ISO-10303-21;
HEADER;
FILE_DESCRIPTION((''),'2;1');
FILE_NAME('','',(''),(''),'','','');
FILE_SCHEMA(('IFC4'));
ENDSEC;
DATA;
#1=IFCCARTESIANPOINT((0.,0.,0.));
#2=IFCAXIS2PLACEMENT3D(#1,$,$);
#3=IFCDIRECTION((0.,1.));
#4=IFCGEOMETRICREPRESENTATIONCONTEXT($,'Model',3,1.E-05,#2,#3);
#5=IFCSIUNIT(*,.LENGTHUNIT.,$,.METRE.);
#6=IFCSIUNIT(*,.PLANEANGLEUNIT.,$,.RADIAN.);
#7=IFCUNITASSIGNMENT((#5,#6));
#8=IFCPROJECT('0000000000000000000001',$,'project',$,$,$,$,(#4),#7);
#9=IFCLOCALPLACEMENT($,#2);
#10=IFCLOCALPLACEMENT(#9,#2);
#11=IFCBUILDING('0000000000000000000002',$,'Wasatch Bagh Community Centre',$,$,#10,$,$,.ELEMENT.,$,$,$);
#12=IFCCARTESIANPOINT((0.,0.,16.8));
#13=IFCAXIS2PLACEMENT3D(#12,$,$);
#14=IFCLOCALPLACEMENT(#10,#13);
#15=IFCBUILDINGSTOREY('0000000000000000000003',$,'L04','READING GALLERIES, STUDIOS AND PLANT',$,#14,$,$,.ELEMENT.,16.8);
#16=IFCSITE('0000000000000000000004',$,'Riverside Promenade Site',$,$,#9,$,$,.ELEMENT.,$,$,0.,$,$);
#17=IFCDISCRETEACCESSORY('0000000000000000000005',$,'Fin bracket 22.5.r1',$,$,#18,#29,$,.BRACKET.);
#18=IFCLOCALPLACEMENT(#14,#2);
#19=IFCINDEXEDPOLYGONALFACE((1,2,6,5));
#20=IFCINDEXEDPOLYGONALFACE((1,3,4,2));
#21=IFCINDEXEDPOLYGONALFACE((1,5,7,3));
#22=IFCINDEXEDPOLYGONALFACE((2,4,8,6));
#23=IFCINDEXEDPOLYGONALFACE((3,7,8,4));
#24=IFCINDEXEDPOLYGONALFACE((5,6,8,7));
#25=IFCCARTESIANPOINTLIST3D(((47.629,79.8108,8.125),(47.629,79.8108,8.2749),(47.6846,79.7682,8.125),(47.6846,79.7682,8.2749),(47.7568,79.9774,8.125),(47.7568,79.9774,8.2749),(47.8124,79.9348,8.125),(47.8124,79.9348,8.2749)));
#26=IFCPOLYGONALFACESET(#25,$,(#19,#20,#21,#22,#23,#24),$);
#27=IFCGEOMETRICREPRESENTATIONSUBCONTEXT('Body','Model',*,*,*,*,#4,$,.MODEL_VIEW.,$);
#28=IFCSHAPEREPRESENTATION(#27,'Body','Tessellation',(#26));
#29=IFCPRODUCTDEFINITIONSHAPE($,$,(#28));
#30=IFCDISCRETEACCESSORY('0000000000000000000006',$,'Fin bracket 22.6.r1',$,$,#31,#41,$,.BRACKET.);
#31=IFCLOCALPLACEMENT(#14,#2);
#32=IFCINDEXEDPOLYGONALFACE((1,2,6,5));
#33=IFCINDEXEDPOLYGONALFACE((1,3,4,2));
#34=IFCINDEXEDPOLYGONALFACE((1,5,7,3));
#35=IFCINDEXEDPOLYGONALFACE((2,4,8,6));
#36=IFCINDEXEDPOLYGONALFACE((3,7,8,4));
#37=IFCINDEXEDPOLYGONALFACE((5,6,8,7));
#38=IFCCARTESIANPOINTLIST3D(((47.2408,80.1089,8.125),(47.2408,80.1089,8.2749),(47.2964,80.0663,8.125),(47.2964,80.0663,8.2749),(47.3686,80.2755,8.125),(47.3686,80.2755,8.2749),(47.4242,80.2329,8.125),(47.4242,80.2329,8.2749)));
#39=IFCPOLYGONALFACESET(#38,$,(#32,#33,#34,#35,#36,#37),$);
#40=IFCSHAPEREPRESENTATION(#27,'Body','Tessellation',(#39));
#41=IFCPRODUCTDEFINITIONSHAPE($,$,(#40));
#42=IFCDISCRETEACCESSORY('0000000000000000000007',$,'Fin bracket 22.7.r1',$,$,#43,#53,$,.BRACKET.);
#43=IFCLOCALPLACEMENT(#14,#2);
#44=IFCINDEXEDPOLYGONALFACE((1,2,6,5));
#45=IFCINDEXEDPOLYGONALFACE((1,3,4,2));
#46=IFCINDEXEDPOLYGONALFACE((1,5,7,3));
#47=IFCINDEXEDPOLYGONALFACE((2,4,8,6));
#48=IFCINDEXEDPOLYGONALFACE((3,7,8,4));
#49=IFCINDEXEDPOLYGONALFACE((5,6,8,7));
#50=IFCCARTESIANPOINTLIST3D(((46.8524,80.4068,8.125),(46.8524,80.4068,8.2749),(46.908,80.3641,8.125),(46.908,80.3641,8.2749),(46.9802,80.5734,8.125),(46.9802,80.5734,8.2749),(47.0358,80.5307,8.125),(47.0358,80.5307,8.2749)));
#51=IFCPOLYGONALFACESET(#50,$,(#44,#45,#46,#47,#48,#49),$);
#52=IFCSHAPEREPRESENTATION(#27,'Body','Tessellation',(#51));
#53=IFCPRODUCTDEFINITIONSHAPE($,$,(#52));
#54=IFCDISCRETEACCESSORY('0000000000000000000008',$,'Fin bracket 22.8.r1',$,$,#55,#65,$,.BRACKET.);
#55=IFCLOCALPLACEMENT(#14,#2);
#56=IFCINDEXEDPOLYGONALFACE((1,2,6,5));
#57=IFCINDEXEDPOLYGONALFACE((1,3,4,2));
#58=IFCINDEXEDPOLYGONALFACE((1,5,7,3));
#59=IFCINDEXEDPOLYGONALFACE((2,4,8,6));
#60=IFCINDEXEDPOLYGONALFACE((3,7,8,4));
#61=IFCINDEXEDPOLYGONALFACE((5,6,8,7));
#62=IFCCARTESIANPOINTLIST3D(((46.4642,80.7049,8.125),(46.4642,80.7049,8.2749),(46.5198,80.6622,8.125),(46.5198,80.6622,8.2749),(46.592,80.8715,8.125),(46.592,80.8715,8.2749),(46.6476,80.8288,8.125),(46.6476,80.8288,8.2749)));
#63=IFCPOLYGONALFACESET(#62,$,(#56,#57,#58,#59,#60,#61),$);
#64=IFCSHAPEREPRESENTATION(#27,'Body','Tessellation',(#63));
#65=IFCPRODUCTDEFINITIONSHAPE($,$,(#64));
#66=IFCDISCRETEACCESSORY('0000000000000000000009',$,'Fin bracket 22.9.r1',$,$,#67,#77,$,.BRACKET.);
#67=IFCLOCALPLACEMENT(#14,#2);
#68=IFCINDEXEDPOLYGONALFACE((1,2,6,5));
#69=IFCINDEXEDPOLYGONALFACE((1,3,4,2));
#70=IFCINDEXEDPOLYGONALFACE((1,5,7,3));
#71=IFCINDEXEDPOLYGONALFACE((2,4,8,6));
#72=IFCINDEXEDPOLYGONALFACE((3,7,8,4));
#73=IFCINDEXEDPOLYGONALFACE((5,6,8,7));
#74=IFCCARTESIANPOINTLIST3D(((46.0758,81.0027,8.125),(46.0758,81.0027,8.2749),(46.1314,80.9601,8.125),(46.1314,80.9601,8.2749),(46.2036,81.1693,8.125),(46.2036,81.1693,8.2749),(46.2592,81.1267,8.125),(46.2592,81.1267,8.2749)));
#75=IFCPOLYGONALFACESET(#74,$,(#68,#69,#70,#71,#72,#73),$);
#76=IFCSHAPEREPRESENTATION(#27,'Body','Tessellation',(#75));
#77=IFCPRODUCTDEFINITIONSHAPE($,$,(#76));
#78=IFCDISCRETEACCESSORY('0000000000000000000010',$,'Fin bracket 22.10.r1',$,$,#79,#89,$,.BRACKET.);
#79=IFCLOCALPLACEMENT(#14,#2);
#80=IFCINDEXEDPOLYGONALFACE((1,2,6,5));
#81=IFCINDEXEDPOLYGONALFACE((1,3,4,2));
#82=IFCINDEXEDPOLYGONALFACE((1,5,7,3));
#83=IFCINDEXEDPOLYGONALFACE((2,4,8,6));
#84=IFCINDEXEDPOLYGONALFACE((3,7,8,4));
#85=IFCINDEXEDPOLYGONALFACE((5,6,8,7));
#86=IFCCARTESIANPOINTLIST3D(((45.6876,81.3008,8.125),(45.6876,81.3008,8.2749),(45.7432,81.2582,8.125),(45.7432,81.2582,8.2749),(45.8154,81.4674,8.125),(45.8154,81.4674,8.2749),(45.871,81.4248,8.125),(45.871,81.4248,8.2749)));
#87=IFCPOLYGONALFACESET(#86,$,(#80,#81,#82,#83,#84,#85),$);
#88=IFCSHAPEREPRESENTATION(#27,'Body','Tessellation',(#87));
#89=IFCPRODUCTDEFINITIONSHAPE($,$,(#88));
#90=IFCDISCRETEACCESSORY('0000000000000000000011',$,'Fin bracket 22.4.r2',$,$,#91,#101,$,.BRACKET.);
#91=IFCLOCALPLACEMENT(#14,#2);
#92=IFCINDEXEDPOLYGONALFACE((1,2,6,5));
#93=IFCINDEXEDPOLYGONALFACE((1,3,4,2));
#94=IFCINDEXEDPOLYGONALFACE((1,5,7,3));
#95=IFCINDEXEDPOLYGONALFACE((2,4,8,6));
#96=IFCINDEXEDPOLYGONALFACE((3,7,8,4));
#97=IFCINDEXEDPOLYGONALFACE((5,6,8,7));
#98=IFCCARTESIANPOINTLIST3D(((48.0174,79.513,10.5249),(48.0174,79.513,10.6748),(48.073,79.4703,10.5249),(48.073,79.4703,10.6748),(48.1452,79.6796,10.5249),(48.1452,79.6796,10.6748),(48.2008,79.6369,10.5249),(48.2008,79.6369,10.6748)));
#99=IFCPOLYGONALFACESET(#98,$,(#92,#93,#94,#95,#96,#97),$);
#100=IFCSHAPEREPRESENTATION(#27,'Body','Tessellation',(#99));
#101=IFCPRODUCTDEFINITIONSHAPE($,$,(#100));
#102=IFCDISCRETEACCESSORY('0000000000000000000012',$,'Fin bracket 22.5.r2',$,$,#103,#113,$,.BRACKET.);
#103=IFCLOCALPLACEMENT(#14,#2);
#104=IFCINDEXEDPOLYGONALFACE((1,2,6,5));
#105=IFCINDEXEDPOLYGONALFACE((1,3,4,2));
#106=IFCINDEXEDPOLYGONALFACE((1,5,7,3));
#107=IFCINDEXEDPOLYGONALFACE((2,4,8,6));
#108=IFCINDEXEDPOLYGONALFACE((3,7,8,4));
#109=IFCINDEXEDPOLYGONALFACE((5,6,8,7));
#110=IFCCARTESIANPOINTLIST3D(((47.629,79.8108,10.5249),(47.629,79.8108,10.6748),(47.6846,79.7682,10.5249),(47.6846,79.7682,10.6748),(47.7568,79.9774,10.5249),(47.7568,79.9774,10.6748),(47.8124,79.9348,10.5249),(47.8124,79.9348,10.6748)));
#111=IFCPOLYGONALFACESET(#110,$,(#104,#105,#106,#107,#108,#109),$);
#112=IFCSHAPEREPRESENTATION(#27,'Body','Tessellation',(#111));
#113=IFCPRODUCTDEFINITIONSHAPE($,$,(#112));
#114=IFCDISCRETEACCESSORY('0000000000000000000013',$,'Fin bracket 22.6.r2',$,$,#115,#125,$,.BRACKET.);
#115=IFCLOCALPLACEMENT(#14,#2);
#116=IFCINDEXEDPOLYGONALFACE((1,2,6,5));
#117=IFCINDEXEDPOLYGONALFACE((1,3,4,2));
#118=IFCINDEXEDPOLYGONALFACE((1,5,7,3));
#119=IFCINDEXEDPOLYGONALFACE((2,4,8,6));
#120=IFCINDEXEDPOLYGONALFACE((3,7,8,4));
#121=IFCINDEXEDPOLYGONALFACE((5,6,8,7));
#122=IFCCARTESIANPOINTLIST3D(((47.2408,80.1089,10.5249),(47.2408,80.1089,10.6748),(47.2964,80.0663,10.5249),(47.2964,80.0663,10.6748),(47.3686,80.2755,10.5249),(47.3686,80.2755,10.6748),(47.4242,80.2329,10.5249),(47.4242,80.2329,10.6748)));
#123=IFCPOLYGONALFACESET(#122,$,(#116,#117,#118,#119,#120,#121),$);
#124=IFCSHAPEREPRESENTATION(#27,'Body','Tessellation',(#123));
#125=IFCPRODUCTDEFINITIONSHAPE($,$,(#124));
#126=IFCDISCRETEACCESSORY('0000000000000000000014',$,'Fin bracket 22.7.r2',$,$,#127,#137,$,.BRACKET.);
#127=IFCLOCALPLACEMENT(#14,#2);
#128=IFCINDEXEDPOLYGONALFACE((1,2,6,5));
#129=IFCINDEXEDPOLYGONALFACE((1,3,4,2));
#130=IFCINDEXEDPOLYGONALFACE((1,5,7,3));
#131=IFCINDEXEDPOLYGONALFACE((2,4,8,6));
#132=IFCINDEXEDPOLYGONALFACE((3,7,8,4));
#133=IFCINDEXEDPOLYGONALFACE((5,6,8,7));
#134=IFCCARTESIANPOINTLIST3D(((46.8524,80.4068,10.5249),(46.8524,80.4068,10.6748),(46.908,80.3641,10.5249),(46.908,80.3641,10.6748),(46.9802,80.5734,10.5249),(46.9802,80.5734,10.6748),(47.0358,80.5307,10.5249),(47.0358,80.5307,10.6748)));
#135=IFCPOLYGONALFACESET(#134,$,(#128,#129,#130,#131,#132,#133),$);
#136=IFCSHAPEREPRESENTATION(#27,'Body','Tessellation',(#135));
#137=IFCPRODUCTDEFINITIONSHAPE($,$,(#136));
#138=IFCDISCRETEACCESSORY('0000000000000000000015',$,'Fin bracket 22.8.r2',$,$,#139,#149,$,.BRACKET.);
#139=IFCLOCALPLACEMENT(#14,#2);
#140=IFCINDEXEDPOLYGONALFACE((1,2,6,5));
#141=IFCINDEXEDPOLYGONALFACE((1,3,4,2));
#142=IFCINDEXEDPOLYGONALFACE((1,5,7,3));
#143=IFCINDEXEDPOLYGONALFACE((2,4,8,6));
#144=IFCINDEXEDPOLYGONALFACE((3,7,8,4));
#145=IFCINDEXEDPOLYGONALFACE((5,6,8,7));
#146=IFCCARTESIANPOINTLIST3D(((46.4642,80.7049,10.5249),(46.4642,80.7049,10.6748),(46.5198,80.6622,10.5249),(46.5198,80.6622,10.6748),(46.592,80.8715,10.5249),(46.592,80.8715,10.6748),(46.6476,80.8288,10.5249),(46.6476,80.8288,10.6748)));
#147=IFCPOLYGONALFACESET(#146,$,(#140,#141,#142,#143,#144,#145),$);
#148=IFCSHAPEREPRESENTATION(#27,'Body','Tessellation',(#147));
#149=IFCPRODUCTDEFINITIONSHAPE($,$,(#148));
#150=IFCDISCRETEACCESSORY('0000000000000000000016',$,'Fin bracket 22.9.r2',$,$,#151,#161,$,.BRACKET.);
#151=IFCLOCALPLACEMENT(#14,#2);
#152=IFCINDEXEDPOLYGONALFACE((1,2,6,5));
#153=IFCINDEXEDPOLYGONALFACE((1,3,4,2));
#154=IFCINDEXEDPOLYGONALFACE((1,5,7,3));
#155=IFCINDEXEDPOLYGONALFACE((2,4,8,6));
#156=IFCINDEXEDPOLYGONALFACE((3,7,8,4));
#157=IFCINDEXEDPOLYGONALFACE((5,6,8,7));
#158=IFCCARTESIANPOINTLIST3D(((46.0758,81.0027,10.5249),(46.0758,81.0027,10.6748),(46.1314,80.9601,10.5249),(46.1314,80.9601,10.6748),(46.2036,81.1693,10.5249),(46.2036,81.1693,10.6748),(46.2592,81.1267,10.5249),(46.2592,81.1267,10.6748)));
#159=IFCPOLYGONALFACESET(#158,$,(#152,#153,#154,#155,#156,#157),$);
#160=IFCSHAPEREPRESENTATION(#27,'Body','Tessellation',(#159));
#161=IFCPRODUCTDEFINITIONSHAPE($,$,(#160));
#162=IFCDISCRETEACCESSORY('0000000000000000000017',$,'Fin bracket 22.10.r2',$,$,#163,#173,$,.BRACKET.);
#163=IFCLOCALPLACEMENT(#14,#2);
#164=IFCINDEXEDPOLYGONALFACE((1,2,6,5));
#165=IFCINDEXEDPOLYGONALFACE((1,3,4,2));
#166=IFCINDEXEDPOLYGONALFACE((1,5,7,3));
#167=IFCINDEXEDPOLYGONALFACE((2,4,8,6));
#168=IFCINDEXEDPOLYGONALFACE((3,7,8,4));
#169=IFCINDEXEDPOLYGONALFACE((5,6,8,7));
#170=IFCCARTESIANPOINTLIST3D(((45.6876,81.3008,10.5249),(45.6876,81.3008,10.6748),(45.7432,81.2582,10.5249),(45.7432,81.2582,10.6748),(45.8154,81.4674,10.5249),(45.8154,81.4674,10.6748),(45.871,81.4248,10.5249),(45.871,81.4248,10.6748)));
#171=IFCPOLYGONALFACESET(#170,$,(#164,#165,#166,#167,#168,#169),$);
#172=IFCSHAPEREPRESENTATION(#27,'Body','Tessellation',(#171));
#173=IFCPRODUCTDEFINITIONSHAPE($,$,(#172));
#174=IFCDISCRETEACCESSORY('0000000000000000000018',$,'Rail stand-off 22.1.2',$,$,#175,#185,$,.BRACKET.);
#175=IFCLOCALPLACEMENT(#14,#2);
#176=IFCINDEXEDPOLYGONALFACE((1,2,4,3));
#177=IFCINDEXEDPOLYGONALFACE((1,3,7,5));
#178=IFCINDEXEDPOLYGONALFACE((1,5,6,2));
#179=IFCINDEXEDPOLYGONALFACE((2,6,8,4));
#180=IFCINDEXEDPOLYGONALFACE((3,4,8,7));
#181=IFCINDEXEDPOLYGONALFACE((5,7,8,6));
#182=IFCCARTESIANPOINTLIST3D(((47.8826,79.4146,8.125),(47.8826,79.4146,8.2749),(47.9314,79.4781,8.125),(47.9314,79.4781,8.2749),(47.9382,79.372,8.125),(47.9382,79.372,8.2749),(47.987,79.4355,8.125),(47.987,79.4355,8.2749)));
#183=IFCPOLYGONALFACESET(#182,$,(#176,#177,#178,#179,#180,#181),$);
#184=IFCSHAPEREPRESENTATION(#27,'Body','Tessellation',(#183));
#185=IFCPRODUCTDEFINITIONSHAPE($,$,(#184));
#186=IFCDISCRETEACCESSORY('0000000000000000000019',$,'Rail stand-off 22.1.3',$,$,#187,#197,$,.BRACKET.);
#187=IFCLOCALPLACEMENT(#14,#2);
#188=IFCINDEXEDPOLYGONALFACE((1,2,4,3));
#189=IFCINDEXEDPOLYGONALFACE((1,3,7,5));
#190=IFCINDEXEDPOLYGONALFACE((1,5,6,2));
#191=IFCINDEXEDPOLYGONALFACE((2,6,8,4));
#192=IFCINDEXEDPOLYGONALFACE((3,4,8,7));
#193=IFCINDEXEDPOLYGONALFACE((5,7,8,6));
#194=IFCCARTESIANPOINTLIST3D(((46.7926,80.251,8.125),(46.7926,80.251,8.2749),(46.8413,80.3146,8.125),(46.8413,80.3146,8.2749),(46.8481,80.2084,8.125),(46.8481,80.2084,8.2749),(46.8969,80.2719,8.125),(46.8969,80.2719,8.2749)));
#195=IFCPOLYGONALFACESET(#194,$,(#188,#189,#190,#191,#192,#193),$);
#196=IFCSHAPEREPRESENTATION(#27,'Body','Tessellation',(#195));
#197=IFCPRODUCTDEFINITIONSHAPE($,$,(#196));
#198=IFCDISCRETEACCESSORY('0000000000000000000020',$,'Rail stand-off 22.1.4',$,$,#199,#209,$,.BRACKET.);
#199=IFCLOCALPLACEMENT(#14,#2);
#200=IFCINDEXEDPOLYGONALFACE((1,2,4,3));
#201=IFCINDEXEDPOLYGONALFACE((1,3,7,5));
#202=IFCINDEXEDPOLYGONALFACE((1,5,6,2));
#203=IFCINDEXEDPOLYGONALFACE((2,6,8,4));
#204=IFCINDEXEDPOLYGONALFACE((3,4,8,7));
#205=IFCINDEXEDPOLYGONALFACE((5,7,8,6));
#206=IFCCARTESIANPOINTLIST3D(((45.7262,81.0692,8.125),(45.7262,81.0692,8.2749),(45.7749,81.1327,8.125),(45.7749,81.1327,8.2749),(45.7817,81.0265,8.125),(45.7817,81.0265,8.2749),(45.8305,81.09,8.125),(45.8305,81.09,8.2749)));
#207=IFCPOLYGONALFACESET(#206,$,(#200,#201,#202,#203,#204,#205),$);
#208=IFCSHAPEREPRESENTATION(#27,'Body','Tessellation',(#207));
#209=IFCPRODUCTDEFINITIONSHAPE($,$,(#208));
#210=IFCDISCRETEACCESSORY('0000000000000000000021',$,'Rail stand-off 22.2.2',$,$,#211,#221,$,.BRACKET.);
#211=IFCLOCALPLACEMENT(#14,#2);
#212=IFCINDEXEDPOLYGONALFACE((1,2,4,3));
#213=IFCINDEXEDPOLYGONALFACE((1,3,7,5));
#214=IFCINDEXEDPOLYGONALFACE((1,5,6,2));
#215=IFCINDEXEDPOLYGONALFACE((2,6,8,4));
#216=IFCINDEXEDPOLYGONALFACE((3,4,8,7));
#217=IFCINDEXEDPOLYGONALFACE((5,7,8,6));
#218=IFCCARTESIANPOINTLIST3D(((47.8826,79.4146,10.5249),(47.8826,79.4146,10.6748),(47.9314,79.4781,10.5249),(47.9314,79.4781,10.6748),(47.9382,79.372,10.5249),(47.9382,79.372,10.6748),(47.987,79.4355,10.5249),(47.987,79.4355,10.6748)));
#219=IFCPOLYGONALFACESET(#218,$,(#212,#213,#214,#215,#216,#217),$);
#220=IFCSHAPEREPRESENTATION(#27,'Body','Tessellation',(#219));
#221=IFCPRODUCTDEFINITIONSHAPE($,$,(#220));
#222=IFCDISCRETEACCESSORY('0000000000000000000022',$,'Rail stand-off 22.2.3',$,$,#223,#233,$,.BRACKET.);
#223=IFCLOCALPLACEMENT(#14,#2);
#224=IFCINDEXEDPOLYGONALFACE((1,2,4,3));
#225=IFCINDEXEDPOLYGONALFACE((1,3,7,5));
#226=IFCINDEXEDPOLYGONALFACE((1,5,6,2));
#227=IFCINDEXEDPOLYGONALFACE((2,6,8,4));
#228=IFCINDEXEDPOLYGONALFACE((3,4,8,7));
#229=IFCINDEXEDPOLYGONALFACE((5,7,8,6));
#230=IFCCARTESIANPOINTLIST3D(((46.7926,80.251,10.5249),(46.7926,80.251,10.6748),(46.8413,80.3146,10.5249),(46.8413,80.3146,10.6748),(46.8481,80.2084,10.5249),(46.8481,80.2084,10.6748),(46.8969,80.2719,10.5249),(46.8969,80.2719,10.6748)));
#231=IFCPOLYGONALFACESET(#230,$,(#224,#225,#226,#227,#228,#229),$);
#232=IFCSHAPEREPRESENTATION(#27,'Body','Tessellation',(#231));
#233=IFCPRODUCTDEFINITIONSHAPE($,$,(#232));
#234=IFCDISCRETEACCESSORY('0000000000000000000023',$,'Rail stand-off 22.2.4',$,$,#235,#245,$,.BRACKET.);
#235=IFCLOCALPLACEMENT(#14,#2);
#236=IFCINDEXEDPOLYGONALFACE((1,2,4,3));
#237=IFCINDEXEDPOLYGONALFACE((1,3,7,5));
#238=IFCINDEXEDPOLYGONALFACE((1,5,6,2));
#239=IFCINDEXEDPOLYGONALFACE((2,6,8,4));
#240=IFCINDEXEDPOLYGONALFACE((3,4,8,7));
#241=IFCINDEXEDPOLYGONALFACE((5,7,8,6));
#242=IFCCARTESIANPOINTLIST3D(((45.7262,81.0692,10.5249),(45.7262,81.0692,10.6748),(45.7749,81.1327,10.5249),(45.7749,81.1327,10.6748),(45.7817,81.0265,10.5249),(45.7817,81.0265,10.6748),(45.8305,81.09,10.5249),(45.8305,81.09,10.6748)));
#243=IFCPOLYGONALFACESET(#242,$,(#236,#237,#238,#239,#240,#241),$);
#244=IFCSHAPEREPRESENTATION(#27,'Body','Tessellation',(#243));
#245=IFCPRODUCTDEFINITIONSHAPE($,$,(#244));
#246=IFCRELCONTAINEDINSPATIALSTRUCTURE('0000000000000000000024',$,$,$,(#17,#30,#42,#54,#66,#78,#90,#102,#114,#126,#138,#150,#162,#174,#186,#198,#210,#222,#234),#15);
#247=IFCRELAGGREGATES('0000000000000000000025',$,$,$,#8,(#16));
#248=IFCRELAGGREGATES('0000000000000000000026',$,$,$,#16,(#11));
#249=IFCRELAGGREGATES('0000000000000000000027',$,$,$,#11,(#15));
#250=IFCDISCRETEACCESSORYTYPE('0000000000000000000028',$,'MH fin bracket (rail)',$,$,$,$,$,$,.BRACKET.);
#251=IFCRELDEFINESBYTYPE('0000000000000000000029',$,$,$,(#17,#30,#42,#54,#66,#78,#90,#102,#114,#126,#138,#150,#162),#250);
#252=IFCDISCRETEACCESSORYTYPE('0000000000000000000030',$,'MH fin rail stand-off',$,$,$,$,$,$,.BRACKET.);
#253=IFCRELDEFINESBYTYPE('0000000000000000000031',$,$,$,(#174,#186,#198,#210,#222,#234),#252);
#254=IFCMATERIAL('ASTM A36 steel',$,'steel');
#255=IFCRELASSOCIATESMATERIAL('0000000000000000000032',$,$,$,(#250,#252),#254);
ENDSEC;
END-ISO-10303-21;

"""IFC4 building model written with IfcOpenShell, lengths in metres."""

from ifc_helpers import new_model, si_unit, direction, frame, origin, origin_2d, place, context, subcontext, project, spatial, rectangle, extrude, material, type_object, element, save


model = new_model("IFC4")

# Units and contexts
model_context = context("Model", 3, precision=1e-05, world=origin(), true_north=direction((0.0, 1.0)))
body_context = subcontext(model_context, "Body", "Model", "MODEL_VIEW")
ifc_project = project(units=[si_unit("LENGTHUNIT", "METRE"), si_unit("PLANEANGLEUNIT", "RADIAN")], contexts=[model_context])

# Site, building, storey
site_placement = place(None, origin())
site = spatial("IfcSite", under=ifc_project, at=site_placement, Name="Riverside Promenade Site", CompositionType="ELEMENT", RefElevation=0.0)
building_placement = place(site_placement, origin())
building = spatial("IfcBuilding", under=site, at=building_placement, Name="Wasatch Bagh Community Centre", CompositionType="ELEMENT")
storey_placement = place(building_placement, frame((0.0, 0.0, 16.8)))
storey = spatial("IfcBuildingStorey", under=building, at=storey_placement, Name="L04", Description="READING GALLERIES, STUDIOS AND PLANT", CompositionType="ELEMENT", Elevation=16.8)

# Discrete accessories
ifc_material_1 = material(Name="ASTM A36 steel", Category="steel")
discrete_accessory_type_1 = type_object("IfcDiscreteAccessoryType", Name="MH fin bracket (rail)", PredefinedType="BRACKET", material=ifc_material_1)
for number, where, z_axis, x_axis, name in (
    (1, (47.7207, 79.8728, 8.125), (0.0, 0.0, 1.0), (-0.793353, 0.608761, 0.0), "Fin bracket 22.5.r1"),
    (2, (47.3325, 80.1709, 8.125), (0.0, 0.0, 1.0), (-0.793353, 0.608761, 0.0), "Fin bracket 22.6.r1"),
    (3, (46.9441, 80.4688, 8.125), (0.0, 0.0, 1.0), (-0.793353, 0.608761, 0.0), "Fin bracket 22.7.r1"),
    (4, (46.5559, 80.7668, 8.125), (0.0, 0.0, 1.0), (-0.793353, 0.608761, 0.0), "Fin bracket 22.8.r1"),
    (5, (46.1675, 81.0647, 8.125), (0.0, 0.0, 1.0), (-0.793353, 0.608761, 0.0), "Fin bracket 22.9.r1"),
    (6, (45.7793, 81.3628, 8.125), (0.0, 0.0, 1.0), (-0.793353, 0.608761, 0.0), "Fin bracket 22.10.r1"),
    (7, (48.1091, 79.575, 10.5249), (0.0, 0.0, 1.0), (-0.793353, 0.608761, 0.0), "Fin bracket 22.4.r2"),
    (8, (47.7207, 79.8728, 10.5249), (0.0, 0.0, 1.0), (-0.793353, 0.608761, 0.0), "Fin bracket 22.5.r2"),
    (9, (47.3325, 80.1709, 10.5249), (0.0, 0.0, 1.0), (-0.793353, 0.608761, 0.0), "Fin bracket 22.6.r2"),
    (10, (46.9441, 80.4688, 10.5249), (0.0, 0.0, 1.0), (-0.793353, 0.608761, 0.0), "Fin bracket 22.7.r2"),
    (11, (46.5559, 80.7668, 10.5249), (0.0, 0.0, 1.0), (-0.793353, 0.608761, 0.0), "Fin bracket 22.8.r2"),
    (12, (46.1675, 81.0647, 10.5249), (0.0, 0.0, 1.0), (-0.793353, 0.608761, 0.0), "Fin bracket 22.9.r2"),
    (13, (45.7793, 81.3628, 10.5249), (0.0, 0.0, 1.0), (-0.793353, 0.608761, 0.0), "Fin bracket 22.10.r2"),
):
    element("IfcDiscreteAccessory", number, at=place(storey_placement, frame(where, z_axis=z_axis, x_axis=x_axis)), inside=storey, type_object=discrete_accessory_type_1, Name=name, PredefinedType="BRACKET", context=body_context, shape_type="SweptSolid", body=[
        extrude(rectangle(XDim=0.0701, YDim=0.21, at=origin_2d()), origin(), (0.0, 0.0, 1.0), 0.1499),
    ])
discrete_accessory_type_2 = type_object("IfcDiscreteAccessoryType", Name="MH fin rail stand-off", PredefinedType="BRACKET", material=ifc_material_1)
for number, where, z_axis, x_axis, name in (
    (14, (47.9348, 79.425, 8.125), (0.0, 0.0, 1.0), (-0.793353, 0.608761, 0.0), "Rail stand-off 22.1.2"),
    (15, (46.8447, 80.2615, 8.125), (0.0, 0.0, 1.0), (-0.793353, 0.608761, 0.0), "Rail stand-off 22.1.3"),
    (16, (45.7783, 81.0796, 8.125), (0.0, 0.0, 1.0), (-0.793353, 0.608761, 0.0), "Rail stand-off 22.1.4"),
    (17, (47.9348, 79.425, 10.5249), (0.0, 0.0, 1.0), (-0.793353, 0.608761, 0.0), "Rail stand-off 22.2.2"),
    (18, (46.8447, 80.2615, 10.5249), (0.0, 0.0, 1.0), (-0.793353, 0.608761, 0.0), "Rail stand-off 22.2.3"),
    (19, (45.7783, 81.0796, 10.5249), (0.0, 0.0, 1.0), (-0.793353, 0.608761, 0.0), "Rail stand-off 22.2.4"),
):
    element("IfcDiscreteAccessory", number, at=place(storey_placement, frame(where, z_axis=z_axis, x_axis=x_axis)), inside=storey, type_object=discrete_accessory_type_2, Name=name, PredefinedType="BRACKET", context=body_context, shape_type="SweptSolid", body=[
        extrude(rectangle(XDim=0.0701, YDim=0.0801, at=origin_2d()), origin(), (0.0, 0.0, 1.0), 0.1499),
    ])

save(model, "model.ifc")
